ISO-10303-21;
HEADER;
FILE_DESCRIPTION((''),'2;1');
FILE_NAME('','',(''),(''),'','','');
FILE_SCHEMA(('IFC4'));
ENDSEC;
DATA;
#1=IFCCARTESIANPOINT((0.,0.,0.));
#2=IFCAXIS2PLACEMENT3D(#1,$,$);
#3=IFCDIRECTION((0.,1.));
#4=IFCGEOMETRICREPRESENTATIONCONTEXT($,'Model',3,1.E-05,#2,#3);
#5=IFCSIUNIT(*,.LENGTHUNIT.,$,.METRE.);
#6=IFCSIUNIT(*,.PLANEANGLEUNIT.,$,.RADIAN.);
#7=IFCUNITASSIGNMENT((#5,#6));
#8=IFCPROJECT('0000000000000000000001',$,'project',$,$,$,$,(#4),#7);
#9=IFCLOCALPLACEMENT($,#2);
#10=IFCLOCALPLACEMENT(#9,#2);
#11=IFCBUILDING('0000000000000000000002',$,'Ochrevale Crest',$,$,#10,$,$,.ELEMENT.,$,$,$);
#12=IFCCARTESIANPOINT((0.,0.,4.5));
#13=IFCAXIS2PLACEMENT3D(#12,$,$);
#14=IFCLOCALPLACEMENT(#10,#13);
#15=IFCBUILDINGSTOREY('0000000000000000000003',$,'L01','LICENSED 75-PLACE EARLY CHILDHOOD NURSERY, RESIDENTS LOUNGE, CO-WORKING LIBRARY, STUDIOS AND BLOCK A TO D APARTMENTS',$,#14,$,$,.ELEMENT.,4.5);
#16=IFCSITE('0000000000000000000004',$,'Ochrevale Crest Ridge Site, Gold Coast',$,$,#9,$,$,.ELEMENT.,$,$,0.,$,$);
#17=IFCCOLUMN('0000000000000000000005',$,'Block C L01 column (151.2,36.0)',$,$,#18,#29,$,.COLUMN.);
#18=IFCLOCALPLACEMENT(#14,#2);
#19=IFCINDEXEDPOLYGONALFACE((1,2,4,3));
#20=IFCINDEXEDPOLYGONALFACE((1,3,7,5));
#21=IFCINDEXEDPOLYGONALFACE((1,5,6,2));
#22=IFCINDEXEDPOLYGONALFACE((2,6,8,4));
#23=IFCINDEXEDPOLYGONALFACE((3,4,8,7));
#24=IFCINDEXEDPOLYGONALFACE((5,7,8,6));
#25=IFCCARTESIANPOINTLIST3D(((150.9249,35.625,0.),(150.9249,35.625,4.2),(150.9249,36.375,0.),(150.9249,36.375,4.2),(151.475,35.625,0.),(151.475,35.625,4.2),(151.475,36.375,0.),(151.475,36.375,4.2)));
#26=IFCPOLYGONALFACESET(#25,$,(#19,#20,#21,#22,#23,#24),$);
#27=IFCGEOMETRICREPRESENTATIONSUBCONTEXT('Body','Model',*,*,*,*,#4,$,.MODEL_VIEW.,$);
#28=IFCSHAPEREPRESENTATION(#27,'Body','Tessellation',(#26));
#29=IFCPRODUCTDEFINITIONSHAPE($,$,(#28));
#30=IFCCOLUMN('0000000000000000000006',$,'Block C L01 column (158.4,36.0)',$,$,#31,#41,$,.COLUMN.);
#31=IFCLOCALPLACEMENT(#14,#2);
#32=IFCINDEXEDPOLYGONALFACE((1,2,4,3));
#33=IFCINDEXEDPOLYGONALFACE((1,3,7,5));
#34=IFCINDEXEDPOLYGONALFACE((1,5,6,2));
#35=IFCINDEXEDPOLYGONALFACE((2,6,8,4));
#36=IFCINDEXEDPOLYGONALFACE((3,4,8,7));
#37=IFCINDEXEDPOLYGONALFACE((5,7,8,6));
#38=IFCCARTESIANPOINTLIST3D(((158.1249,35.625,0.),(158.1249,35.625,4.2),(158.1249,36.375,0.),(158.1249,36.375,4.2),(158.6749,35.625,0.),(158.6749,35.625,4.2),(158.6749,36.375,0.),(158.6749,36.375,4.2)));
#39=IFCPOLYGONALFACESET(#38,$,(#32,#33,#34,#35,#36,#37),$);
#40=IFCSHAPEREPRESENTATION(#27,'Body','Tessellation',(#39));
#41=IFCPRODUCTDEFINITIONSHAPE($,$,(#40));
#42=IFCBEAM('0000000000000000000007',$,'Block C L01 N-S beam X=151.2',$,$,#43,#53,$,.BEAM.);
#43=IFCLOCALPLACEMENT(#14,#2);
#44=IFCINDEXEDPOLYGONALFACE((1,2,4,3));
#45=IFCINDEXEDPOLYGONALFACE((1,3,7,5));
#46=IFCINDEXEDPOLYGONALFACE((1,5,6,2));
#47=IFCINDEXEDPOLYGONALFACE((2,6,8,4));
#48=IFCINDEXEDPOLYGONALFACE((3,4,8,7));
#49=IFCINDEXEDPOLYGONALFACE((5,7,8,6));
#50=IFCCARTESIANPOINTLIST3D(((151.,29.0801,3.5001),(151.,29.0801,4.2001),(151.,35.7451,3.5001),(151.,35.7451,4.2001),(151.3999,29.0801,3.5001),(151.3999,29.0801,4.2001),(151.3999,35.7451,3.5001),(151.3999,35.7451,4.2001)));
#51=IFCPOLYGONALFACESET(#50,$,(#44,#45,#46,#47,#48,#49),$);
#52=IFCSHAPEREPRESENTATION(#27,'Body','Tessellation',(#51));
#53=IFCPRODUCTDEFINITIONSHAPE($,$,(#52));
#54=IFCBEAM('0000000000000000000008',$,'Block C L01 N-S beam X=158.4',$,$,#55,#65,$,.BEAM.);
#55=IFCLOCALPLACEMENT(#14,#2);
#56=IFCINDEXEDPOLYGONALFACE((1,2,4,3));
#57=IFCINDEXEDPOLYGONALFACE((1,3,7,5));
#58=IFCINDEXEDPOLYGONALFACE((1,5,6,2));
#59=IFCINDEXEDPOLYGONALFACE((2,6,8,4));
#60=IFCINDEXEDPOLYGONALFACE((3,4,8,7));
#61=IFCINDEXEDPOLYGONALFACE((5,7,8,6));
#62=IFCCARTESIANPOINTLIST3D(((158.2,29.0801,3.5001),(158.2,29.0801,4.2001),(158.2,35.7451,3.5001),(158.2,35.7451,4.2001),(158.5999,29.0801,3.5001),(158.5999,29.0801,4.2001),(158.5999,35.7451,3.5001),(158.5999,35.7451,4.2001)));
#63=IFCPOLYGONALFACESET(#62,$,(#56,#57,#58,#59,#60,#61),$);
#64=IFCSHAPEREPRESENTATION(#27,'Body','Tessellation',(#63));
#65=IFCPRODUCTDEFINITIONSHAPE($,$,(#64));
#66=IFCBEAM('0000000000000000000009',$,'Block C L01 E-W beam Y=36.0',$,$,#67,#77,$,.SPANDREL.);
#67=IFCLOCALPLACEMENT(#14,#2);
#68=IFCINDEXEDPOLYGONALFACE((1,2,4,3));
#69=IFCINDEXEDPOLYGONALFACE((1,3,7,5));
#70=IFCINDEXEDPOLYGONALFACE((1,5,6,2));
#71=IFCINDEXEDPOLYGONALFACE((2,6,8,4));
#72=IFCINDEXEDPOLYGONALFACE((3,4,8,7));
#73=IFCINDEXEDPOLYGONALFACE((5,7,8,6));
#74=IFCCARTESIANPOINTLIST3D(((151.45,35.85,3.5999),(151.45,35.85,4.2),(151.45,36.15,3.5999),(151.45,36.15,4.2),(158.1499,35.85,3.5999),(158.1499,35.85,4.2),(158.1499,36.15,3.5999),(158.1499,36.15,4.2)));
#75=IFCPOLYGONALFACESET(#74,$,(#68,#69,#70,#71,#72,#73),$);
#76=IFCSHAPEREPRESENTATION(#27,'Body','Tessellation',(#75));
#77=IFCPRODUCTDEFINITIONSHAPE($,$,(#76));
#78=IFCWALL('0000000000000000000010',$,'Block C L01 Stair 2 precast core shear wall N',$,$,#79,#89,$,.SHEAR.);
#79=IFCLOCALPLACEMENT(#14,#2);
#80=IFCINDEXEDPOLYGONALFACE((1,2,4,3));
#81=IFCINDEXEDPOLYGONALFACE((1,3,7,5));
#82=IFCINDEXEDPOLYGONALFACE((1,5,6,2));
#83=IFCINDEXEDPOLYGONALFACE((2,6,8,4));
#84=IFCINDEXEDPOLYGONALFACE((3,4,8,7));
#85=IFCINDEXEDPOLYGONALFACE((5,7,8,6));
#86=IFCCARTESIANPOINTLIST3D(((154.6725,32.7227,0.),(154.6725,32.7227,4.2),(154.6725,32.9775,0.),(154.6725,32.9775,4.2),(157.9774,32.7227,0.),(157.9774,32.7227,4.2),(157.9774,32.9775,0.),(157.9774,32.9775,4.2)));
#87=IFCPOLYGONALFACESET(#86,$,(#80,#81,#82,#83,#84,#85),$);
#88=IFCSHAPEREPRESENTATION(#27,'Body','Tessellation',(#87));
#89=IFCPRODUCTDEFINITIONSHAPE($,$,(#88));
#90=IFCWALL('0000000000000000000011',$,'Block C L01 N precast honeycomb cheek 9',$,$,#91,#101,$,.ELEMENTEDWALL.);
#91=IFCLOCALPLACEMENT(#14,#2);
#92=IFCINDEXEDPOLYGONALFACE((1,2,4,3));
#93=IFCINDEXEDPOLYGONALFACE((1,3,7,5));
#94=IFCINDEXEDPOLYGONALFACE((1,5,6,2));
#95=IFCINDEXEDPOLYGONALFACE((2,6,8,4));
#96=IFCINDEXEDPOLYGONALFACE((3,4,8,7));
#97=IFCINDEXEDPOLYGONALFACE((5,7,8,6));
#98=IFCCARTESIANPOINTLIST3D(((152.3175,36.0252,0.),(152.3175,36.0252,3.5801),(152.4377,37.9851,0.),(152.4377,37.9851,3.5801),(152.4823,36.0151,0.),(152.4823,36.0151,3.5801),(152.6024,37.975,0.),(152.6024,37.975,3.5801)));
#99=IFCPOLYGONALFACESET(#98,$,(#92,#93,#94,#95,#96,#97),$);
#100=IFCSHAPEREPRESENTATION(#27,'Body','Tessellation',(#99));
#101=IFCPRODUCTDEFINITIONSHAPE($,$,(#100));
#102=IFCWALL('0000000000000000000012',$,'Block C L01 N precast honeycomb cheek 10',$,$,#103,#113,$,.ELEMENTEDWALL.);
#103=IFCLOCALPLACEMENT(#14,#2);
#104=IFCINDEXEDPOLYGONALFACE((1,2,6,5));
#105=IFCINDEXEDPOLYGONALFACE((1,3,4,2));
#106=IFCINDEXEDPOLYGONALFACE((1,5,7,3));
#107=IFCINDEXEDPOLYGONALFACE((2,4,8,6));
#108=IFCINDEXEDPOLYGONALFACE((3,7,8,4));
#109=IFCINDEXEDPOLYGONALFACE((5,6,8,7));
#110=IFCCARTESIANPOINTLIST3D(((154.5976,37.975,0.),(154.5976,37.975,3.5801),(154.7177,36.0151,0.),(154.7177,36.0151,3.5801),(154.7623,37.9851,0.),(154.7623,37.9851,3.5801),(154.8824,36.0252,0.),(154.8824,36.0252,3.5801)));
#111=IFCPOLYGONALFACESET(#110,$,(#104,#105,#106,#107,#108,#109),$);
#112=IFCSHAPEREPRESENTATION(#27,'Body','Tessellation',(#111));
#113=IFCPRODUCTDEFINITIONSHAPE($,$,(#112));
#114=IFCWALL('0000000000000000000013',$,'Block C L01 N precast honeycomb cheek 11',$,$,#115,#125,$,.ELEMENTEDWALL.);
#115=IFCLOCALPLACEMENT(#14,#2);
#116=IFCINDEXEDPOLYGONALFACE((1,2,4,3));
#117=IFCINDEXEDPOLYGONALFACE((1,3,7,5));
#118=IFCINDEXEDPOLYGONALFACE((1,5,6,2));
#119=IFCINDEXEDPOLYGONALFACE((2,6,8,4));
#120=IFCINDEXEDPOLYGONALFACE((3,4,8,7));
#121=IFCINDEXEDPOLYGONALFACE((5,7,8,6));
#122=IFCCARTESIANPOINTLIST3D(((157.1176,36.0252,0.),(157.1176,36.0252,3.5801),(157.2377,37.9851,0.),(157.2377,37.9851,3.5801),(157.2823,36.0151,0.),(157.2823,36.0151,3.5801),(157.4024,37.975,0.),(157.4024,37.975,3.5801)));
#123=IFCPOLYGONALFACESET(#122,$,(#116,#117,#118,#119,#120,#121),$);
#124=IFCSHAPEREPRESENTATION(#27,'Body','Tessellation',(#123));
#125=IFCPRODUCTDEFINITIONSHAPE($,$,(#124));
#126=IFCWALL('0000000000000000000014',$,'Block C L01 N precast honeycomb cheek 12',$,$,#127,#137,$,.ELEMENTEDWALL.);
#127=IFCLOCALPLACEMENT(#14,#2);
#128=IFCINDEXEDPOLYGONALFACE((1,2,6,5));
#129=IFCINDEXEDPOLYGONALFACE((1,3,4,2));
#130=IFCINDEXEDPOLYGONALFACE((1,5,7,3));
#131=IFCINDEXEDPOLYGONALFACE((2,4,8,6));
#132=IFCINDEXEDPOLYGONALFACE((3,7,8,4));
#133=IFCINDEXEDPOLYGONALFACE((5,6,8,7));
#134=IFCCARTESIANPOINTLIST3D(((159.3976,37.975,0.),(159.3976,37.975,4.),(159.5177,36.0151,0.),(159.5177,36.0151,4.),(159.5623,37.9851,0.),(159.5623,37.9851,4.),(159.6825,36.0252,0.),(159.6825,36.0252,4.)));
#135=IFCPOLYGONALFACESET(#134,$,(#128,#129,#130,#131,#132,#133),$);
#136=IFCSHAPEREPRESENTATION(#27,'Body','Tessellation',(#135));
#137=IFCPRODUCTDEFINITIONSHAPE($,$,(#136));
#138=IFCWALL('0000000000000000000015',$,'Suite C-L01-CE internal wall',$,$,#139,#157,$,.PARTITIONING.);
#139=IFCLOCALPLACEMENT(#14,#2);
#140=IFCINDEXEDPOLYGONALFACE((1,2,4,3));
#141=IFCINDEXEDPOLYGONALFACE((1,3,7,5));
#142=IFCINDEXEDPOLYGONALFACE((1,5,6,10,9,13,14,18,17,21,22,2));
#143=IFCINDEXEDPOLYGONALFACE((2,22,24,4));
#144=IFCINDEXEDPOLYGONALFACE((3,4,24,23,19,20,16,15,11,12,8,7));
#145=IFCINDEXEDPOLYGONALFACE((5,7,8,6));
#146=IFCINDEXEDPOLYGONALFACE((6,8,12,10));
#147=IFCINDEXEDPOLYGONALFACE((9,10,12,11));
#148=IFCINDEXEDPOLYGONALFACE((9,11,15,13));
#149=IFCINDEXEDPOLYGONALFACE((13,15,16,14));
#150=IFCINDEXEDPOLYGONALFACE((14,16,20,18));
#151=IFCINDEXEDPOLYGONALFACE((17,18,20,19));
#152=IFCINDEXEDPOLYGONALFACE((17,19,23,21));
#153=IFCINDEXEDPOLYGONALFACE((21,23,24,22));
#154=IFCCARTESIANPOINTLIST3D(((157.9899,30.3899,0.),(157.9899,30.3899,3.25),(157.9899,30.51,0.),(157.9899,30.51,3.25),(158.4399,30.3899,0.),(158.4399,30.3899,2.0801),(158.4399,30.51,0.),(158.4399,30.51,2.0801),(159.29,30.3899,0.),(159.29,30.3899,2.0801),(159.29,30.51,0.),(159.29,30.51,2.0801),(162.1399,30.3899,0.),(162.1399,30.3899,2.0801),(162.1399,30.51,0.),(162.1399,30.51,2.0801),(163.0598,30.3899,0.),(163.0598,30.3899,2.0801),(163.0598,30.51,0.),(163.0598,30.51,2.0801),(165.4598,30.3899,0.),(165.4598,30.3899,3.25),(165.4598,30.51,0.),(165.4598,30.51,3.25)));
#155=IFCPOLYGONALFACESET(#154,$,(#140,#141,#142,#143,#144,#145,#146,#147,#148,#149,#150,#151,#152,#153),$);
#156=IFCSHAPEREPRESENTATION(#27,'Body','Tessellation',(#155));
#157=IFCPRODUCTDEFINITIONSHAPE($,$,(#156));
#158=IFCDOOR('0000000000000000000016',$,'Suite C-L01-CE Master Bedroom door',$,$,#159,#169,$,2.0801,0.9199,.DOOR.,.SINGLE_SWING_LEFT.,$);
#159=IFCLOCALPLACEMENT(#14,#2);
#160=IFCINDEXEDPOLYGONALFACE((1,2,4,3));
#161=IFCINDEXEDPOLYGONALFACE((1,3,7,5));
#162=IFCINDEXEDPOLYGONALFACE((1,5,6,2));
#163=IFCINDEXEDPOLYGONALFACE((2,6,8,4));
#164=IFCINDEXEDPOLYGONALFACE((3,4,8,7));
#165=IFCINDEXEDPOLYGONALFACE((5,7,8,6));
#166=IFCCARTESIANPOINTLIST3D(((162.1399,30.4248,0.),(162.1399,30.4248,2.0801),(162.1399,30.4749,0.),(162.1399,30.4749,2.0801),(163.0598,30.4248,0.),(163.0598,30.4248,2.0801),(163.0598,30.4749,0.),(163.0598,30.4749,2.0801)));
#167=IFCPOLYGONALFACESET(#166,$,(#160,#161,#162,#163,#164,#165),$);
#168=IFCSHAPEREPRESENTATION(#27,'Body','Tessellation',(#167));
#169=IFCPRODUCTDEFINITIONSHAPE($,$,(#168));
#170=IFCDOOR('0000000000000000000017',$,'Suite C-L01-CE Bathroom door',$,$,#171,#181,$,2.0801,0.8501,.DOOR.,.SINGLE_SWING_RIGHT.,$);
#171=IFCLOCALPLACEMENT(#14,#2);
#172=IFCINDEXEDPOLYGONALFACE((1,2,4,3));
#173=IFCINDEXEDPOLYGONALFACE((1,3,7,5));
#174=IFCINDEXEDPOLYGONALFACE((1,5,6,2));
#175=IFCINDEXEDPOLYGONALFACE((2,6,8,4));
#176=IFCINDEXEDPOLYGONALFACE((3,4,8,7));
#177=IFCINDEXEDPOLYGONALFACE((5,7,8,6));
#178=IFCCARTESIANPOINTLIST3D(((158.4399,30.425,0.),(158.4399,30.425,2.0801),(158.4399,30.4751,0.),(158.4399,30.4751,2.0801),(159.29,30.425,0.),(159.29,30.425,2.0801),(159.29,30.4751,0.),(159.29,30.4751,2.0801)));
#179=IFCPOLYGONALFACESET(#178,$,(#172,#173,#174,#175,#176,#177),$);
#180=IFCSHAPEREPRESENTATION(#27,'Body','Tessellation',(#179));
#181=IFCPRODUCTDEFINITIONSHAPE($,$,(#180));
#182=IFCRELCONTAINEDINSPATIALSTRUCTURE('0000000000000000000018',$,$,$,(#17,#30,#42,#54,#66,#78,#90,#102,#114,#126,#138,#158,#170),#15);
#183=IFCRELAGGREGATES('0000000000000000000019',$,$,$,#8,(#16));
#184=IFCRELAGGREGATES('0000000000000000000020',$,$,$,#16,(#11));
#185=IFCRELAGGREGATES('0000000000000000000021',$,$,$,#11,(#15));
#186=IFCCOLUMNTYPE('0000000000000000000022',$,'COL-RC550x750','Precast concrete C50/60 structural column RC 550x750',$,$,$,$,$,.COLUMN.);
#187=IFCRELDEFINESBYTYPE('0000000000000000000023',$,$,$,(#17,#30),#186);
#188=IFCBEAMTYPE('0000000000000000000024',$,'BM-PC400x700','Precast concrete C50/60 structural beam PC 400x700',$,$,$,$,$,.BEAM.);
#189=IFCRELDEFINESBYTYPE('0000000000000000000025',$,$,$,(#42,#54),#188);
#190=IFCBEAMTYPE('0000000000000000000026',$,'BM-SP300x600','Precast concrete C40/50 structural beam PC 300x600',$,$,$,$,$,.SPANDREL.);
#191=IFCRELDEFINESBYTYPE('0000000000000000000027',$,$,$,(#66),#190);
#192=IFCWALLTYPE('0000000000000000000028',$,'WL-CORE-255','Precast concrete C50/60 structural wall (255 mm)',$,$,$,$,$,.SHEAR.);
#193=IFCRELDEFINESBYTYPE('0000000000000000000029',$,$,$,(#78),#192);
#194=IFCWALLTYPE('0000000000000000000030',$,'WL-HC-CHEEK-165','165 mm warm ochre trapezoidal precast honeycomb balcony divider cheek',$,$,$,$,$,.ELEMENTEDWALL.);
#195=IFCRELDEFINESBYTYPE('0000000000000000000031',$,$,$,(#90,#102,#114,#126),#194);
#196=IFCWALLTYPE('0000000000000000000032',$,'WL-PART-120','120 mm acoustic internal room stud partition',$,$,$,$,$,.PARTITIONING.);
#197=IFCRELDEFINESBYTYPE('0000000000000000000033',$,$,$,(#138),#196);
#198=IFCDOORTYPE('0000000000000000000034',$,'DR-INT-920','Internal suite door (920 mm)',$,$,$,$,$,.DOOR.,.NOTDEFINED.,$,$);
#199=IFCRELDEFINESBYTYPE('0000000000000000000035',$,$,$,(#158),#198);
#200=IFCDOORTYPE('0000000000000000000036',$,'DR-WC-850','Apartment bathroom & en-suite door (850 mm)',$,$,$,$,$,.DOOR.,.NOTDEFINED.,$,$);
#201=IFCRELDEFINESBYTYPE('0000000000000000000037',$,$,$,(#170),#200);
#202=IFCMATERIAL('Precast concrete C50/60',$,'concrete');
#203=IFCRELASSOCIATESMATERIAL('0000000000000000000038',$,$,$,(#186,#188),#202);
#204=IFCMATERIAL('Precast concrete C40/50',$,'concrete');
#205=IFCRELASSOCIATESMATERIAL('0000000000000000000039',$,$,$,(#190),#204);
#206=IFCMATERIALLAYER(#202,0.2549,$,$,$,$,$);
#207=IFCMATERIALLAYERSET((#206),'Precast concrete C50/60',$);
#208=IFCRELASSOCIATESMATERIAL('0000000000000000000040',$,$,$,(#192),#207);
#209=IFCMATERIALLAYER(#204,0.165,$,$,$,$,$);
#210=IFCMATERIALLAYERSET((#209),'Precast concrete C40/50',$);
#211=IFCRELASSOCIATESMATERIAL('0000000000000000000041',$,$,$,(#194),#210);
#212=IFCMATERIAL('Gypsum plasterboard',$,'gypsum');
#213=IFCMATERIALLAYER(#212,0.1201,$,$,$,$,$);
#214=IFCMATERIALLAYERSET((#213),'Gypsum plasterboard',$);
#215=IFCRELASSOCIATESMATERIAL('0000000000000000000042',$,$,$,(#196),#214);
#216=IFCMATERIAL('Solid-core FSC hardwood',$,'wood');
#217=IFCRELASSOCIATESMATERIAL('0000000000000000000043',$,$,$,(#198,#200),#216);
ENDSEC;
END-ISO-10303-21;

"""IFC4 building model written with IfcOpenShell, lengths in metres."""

from ifc_helpers import new_model, si_unit, direction, frame, frame_2d, origin, origin_2d, place, context, subcontext, project, spatial, rectangle, extrude, material, layer, layer_set, material_profile, profile_set, type_object, element, fill, save


model = new_model("IFC4")

# Units and contexts
model_context = context("Model", 3, precision=1e-05, world=origin(), true_north=direction((0.0, 1.0)))
body_context = subcontext(model_context, "Body", "Model", "MODEL_VIEW")
ifc_project = project(units=[si_unit("LENGTHUNIT", "METRE"), si_unit("PLANEANGLEUNIT", "RADIAN")], contexts=[model_context])

# Site, building, storey
site_placement = place(None, origin())
site = spatial("IfcSite", under=ifc_project, at=site_placement, Name="Ochrevale Crest Ridge Site, Gold Coast", CompositionType="ELEMENT", RefElevation=0.0)
building_placement = place(site_placement, origin())
building = spatial("IfcBuilding", under=site, at=building_placement, Name="Ochrevale Crest", CompositionType="ELEMENT")
storey_placement = place(building_placement, frame((0.0, 0.0, 4.5)))
storey = spatial("IfcBuildingStorey", under=building, at=storey_placement, Name="L01", Description="LICENSED 75-PLACE EARLY CHILDHOOD NURSERY, RESIDENTS LOUNGE, CO-WORKING LIBRARY, STUDIOS AND BLOCK A TO D APARTMENTS", CompositionType="ELEMENT", Elevation=4.5)

# Columns
ifc_material_1 = material(Name="Precast concrete C50/60", Category="concrete")
ifc_material_profile_1 = material_profile(ifc_material_1, rectangle(XDim=0.55, YDim=0.75, at=origin_2d()), Name="RC 550x750")
ifc_profile_set_1 = profile_set([ifc_material_profile_1], Name="Precast concrete C50/60")
column_type = type_object("IfcColumnType", Name="COL-RC550x750", Description="Precast concrete C50/60 structural column RC 550x750", PredefinedType="COLUMN", material=ifc_profile_set_1)
for number, where, z_axis, x_axis, name in (
    (1, (151.2, 36.0, 0.0), (0.0, 0.0, 1.0), (1.0, 0.0, 0.0), "Block C L01 column (151.2,36.0)"),
    (2, (158.3999, 36.0, 0.0), (0.0, 0.0, 1.0), (1.0, 0.0, 0.0), "Block C L01 column (158.4,36.0)"),
):
    element("IfcColumn", number, at=place(storey_placement, frame(where, z_axis=z_axis, x_axis=x_axis)), inside=storey, type_object=column_type, Name=name, PredefinedType="COLUMN", context=body_context, shape_type="SweptSolid", body=[
        extrude(rectangle(XDim=0.55, YDim=0.75, at=origin_2d()), origin(), (0.0, 0.0, 1.0), 4.2),
    ])

# Beams
ifc_material_profile_2 = material_profile(ifc_material_1, rectangle(XDim=0.3999, YDim=0.7, at=origin_2d()), Name="PC 400x700")
ifc_profile_set_2 = profile_set([ifc_material_profile_2], Name="Precast concrete C50/60")
beam_type_1 = type_object("IfcBeamType", Name="BM-PC400x700", Description="Precast concrete C50/60 structural beam PC 400x700", PredefinedType="BEAM", material=ifc_profile_set_2)
for number, where, z_axis, x_axis, name in (
    (3, (151.2, 29.0801, 3.8501), (0.0, 1.0, 0.0), (-1.0, 0.0, 0.0), "Block C L01 N-S beam X=151.2"),
    (4, (158.3999, 29.0801, 3.8501), (0.0, 1.0, 0.0), (-1.0, 0.0, 0.0), "Block C L01 N-S beam X=158.4"),
):
    element("IfcBeam", number, at=place(storey_placement, frame(where, z_axis=z_axis, x_axis=x_axis)), inside=storey, type_object=beam_type_1, Name=name, PredefinedType="BEAM", context=body_context, shape_type="SweptSolid", body=[
        extrude(rectangle(XDim=0.3999, YDim=0.7, at=origin_2d()), origin(), (0.0, 0.0, 1.0), 6.665),
    ])
ifc_material_2 = material(Name="Precast concrete C40/50", Category="concrete")
ifc_material_profile_3 = material_profile(ifc_material_2, rectangle(XDim=0.3, YDim=0.6001, at=origin_2d()), Name="PC 300x600")
ifc_profile_set_3 = profile_set([ifc_material_profile_3], Name="Precast concrete C40/50")
beam_type_2 = type_object("IfcBeamType", Name="BM-SP300x600", Description="Precast concrete C40/50 structural beam PC 300x600", PredefinedType="SPANDREL", material=ifc_profile_set_3)
beam_placement = place(storey_placement, frame((151.45, 36.0, 3.8999), z_axis=(1.0, 0.0, 0.0), x_axis=(0.0, 1.0, 0.0)))
element("IfcBeam", 5, at=beam_placement, inside=storey, type_object=beam_type_2, Name="Block C L01 E-W beam Y=36.0", PredefinedType="SPANDREL", context=body_context, shape_type="SweptSolid", body=[
    extrude(rectangle(XDim=0.3, YDim=0.6001, at=origin_2d()), origin(), (0.0, 0.0, 1.0), 6.7),
])

# Walls
ifc_layer_1 = layer(ifc_material_1, 0.2549)
ifc_layer_set_1 = layer_set([ifc_layer_1], Name="Precast concrete C50/60")
wall_type_1 = type_object("IfcWallType", Name="WL-CORE-255", Description="Precast concrete C50/60 structural wall (255 mm)", PredefinedType="SHEAR", material=ifc_layer_set_1)
wall_1_placement = place(storey_placement, frame((154.6726, 32.8501, 0.0), z_axis=(0.0, 0.0, 1.0), x_axis=(1.0, 0.0, 0.0)))
element("IfcWall", 6, at=wall_1_placement, inside=storey, type_object=wall_type_1, Name="Block C L01 Stair 2 precast core shear wall N", PredefinedType="SHEAR", context=body_context, shape_type="SweptSolid", body=[
    extrude(rectangle(XDim=3.3049, YDim=0.2549, at=frame_2d((1.6523, 0.0))), origin(), (0.0, 0.0, 1.0), 4.2),
])
ifc_layer_2 = layer(ifc_material_2, 0.165)
ifc_layer_set_2 = layer_set([ifc_layer_2], Name="Precast concrete C40/50")
wall_type_2 = type_object("IfcWallType", Name="WL-HC-CHEEK-165", Description="165 mm warm ochre trapezoidal precast honeycomb balcony divider cheek", PredefinedType="ELEMENTEDWALL", material=ifc_layer_set_2)
for number, where, z_axis, x_axis, name in (
    (7, (152.3999, 36.02, 0.0), (0.0, 0.0, 1.0), (0.061171, 0.998127, 0.0), "Block C L01 N precast honeycomb cheek 9"),
    (8, (154.8, 36.02, 0.0), (0.0, 0.0, 1.0), (-0.061171, 0.998127, 0.0), "Block C L01 N precast honeycomb cheek 10"),
    (9, (157.2, 36.02, 0.0), (0.0, 0.0, 1.0), (0.061171, 0.998127, 0.0), "Block C L01 N precast honeycomb cheek 11"),
):
    element("IfcWall", number, at=place(storey_placement, frame(where, z_axis=z_axis, x_axis=x_axis)), inside=storey, type_object=wall_type_2, Name=name, PredefinedType="ELEMENTEDWALL", context=body_context, shape_type="SweptSolid", body=[
        extrude(rectangle(XDim=1.9636, YDim=0.165, at=frame_2d((0.9819, 0.0))), origin(), (0.0, 0.0, 1.0), 3.5801),
    ])
wall_2_placement = place(storey_placement, frame((159.6001, 36.02, 0.0), z_axis=(0.0, 0.0, 1.0), x_axis=(-0.061171, 0.998127, 0.0)))
element("IfcWall", 10, at=wall_2_placement, inside=storey, type_object=wall_type_2, Name="Block C L01 N precast honeycomb cheek 12", PredefinedType="ELEMENTEDWALL", context=body_context, shape_type="SweptSolid", body=[
    extrude(rectangle(XDim=1.9636, YDim=0.165, at=frame_2d((0.9819, 0.0))), origin(), (0.0, 0.0, 1.0), 4.0),
])

# Wall, openings, doors
ifc_material_3 = material(Name="Gypsum plasterboard", Category="gypsum")
ifc_layer_3 = layer(ifc_material_3, 0.1201)
ifc_layer_set_3 = layer_set([ifc_layer_3], Name="Gypsum plasterboard")
wall_type_3 = type_object("IfcWallType", Name="WL-PART-120", Description="120 mm acoustic internal room stud partition", PredefinedType="PARTITIONING", material=ifc_layer_set_3)
wall_3_placement = place(storey_placement, frame((157.99, 30.45, 0.0), z_axis=(0.0, 0.0, 1.0), x_axis=(1.0, 0.0, 0.0)))
wall_3 = element("IfcWall", 11, at=wall_3_placement, inside=storey, type_object=wall_type_3, Name="Suite C-L01-CE internal wall", PredefinedType="PARTITIONING", context=body_context, shape_type="SweptSolid", body=[
    extrude(rectangle(XDim=7.47, YDim=0.1201, at=frame_2d((3.7349, 0.0))), origin(), (0.0, 0.0, 1.0), 3.25),
])
opening_1_placement = place(wall_3_placement, frame((1.3, 0.0, 0.0), z_axis=(0.0, 0.0, 1.0), x_axis=(-1.0, 0.0, 0.0)))
opening_1 = element("IfcOpeningElement", 12, at=opening_1_placement, cuts=wall_3, PredefinedType="OPENING", context=body_context, shape_type="SweptSolid", body=[
    extrude(rectangle(XDim=0.8501, YDim=2.0801, at=frame_2d((0.425, 1.04))), frame((0.0, 0.0701, 0.0), z_axis=(0.0, -1.0, 0.0), x_axis=(1.0, 0.0, 0.0)), (0.0, 0.0, 1.0), 0.1401),
])
opening_2_placement = place(wall_3_placement, frame((4.1499, 0.0, 0.0)))
opening_2 = element("IfcOpeningElement", 13, at=opening_2_placement, cuts=wall_3, PredefinedType="OPENING", context=body_context, shape_type="SweptSolid", body=[
    extrude(rectangle(XDim=0.9199, YDim=2.0801, at=frame_2d((0.46, 1.04))), frame((0.0, 0.0701, 0.0), z_axis=(0.0, -1.0, 0.0), x_axis=(1.0, 0.0, 0.0)), (0.0, 0.0, 1.0), 0.1401),
])
ifc_material_4 = material(Name="Solid-core FSC hardwood", Category="wood")
door_type_1 = type_object("IfcDoorType", Name="DR-INT-920", Description="Internal suite door (920 mm)", OperationType="NOTDEFINED", PredefinedType="DOOR", material=ifc_material_4)
door_1_placement = place(opening_2_placement, origin())
door_1 = element("IfcDoor", 14, at=door_1_placement, inside=storey, type_object=door_type_1, Name="Suite C-L01-CE Master Bedroom door", OperationType="SINGLE_SWING_LEFT", OverallHeight=2.0801, OverallWidth=0.9199, PredefinedType="DOOR", context=body_context, shape_type="SweptSolid", body=[
    extrude(rectangle(XDim=0.9199, YDim=2.0801, at=frame_2d((0.46, 1.04))), frame((0.0, 0.0249, 0.0), z_axis=(0.0, -1.0, 0.0), x_axis=(1.0, 0.0, 0.0)), (0.0, 0.0, 1.0), 0.05),
])
fill(opening_2, door_1)
door_type_2 = type_object("IfcDoorType", Name="DR-WC-850", Description="Apartment bathroom & en-suite door (850 mm)", OperationType="NOTDEFINED", PredefinedType="DOOR", material=ifc_material_4)
door_2_placement = place(opening_1_placement, origin())
door_2 = element("IfcDoor", 15, at=door_2_placement, inside=storey, type_object=door_type_2, Name="Suite C-L01-CE Bathroom door", OperationType="SINGLE_SWING_RIGHT", OverallHeight=2.0801, OverallWidth=0.8501, PredefinedType="DOOR", context=body_context, shape_type="SweptSolid", body=[
    extrude(rectangle(XDim=0.8501, YDim=2.0801, at=frame_2d((0.425, 1.04))), frame((0.0, 0.0249, 0.0), z_axis=(0.0, -1.0, 0.0), x_axis=(1.0, 0.0, 0.0)), (0.0, 0.0, 1.0), 0.05),
])
fill(opening_1, door_2)

save(model, "model.ifc")
